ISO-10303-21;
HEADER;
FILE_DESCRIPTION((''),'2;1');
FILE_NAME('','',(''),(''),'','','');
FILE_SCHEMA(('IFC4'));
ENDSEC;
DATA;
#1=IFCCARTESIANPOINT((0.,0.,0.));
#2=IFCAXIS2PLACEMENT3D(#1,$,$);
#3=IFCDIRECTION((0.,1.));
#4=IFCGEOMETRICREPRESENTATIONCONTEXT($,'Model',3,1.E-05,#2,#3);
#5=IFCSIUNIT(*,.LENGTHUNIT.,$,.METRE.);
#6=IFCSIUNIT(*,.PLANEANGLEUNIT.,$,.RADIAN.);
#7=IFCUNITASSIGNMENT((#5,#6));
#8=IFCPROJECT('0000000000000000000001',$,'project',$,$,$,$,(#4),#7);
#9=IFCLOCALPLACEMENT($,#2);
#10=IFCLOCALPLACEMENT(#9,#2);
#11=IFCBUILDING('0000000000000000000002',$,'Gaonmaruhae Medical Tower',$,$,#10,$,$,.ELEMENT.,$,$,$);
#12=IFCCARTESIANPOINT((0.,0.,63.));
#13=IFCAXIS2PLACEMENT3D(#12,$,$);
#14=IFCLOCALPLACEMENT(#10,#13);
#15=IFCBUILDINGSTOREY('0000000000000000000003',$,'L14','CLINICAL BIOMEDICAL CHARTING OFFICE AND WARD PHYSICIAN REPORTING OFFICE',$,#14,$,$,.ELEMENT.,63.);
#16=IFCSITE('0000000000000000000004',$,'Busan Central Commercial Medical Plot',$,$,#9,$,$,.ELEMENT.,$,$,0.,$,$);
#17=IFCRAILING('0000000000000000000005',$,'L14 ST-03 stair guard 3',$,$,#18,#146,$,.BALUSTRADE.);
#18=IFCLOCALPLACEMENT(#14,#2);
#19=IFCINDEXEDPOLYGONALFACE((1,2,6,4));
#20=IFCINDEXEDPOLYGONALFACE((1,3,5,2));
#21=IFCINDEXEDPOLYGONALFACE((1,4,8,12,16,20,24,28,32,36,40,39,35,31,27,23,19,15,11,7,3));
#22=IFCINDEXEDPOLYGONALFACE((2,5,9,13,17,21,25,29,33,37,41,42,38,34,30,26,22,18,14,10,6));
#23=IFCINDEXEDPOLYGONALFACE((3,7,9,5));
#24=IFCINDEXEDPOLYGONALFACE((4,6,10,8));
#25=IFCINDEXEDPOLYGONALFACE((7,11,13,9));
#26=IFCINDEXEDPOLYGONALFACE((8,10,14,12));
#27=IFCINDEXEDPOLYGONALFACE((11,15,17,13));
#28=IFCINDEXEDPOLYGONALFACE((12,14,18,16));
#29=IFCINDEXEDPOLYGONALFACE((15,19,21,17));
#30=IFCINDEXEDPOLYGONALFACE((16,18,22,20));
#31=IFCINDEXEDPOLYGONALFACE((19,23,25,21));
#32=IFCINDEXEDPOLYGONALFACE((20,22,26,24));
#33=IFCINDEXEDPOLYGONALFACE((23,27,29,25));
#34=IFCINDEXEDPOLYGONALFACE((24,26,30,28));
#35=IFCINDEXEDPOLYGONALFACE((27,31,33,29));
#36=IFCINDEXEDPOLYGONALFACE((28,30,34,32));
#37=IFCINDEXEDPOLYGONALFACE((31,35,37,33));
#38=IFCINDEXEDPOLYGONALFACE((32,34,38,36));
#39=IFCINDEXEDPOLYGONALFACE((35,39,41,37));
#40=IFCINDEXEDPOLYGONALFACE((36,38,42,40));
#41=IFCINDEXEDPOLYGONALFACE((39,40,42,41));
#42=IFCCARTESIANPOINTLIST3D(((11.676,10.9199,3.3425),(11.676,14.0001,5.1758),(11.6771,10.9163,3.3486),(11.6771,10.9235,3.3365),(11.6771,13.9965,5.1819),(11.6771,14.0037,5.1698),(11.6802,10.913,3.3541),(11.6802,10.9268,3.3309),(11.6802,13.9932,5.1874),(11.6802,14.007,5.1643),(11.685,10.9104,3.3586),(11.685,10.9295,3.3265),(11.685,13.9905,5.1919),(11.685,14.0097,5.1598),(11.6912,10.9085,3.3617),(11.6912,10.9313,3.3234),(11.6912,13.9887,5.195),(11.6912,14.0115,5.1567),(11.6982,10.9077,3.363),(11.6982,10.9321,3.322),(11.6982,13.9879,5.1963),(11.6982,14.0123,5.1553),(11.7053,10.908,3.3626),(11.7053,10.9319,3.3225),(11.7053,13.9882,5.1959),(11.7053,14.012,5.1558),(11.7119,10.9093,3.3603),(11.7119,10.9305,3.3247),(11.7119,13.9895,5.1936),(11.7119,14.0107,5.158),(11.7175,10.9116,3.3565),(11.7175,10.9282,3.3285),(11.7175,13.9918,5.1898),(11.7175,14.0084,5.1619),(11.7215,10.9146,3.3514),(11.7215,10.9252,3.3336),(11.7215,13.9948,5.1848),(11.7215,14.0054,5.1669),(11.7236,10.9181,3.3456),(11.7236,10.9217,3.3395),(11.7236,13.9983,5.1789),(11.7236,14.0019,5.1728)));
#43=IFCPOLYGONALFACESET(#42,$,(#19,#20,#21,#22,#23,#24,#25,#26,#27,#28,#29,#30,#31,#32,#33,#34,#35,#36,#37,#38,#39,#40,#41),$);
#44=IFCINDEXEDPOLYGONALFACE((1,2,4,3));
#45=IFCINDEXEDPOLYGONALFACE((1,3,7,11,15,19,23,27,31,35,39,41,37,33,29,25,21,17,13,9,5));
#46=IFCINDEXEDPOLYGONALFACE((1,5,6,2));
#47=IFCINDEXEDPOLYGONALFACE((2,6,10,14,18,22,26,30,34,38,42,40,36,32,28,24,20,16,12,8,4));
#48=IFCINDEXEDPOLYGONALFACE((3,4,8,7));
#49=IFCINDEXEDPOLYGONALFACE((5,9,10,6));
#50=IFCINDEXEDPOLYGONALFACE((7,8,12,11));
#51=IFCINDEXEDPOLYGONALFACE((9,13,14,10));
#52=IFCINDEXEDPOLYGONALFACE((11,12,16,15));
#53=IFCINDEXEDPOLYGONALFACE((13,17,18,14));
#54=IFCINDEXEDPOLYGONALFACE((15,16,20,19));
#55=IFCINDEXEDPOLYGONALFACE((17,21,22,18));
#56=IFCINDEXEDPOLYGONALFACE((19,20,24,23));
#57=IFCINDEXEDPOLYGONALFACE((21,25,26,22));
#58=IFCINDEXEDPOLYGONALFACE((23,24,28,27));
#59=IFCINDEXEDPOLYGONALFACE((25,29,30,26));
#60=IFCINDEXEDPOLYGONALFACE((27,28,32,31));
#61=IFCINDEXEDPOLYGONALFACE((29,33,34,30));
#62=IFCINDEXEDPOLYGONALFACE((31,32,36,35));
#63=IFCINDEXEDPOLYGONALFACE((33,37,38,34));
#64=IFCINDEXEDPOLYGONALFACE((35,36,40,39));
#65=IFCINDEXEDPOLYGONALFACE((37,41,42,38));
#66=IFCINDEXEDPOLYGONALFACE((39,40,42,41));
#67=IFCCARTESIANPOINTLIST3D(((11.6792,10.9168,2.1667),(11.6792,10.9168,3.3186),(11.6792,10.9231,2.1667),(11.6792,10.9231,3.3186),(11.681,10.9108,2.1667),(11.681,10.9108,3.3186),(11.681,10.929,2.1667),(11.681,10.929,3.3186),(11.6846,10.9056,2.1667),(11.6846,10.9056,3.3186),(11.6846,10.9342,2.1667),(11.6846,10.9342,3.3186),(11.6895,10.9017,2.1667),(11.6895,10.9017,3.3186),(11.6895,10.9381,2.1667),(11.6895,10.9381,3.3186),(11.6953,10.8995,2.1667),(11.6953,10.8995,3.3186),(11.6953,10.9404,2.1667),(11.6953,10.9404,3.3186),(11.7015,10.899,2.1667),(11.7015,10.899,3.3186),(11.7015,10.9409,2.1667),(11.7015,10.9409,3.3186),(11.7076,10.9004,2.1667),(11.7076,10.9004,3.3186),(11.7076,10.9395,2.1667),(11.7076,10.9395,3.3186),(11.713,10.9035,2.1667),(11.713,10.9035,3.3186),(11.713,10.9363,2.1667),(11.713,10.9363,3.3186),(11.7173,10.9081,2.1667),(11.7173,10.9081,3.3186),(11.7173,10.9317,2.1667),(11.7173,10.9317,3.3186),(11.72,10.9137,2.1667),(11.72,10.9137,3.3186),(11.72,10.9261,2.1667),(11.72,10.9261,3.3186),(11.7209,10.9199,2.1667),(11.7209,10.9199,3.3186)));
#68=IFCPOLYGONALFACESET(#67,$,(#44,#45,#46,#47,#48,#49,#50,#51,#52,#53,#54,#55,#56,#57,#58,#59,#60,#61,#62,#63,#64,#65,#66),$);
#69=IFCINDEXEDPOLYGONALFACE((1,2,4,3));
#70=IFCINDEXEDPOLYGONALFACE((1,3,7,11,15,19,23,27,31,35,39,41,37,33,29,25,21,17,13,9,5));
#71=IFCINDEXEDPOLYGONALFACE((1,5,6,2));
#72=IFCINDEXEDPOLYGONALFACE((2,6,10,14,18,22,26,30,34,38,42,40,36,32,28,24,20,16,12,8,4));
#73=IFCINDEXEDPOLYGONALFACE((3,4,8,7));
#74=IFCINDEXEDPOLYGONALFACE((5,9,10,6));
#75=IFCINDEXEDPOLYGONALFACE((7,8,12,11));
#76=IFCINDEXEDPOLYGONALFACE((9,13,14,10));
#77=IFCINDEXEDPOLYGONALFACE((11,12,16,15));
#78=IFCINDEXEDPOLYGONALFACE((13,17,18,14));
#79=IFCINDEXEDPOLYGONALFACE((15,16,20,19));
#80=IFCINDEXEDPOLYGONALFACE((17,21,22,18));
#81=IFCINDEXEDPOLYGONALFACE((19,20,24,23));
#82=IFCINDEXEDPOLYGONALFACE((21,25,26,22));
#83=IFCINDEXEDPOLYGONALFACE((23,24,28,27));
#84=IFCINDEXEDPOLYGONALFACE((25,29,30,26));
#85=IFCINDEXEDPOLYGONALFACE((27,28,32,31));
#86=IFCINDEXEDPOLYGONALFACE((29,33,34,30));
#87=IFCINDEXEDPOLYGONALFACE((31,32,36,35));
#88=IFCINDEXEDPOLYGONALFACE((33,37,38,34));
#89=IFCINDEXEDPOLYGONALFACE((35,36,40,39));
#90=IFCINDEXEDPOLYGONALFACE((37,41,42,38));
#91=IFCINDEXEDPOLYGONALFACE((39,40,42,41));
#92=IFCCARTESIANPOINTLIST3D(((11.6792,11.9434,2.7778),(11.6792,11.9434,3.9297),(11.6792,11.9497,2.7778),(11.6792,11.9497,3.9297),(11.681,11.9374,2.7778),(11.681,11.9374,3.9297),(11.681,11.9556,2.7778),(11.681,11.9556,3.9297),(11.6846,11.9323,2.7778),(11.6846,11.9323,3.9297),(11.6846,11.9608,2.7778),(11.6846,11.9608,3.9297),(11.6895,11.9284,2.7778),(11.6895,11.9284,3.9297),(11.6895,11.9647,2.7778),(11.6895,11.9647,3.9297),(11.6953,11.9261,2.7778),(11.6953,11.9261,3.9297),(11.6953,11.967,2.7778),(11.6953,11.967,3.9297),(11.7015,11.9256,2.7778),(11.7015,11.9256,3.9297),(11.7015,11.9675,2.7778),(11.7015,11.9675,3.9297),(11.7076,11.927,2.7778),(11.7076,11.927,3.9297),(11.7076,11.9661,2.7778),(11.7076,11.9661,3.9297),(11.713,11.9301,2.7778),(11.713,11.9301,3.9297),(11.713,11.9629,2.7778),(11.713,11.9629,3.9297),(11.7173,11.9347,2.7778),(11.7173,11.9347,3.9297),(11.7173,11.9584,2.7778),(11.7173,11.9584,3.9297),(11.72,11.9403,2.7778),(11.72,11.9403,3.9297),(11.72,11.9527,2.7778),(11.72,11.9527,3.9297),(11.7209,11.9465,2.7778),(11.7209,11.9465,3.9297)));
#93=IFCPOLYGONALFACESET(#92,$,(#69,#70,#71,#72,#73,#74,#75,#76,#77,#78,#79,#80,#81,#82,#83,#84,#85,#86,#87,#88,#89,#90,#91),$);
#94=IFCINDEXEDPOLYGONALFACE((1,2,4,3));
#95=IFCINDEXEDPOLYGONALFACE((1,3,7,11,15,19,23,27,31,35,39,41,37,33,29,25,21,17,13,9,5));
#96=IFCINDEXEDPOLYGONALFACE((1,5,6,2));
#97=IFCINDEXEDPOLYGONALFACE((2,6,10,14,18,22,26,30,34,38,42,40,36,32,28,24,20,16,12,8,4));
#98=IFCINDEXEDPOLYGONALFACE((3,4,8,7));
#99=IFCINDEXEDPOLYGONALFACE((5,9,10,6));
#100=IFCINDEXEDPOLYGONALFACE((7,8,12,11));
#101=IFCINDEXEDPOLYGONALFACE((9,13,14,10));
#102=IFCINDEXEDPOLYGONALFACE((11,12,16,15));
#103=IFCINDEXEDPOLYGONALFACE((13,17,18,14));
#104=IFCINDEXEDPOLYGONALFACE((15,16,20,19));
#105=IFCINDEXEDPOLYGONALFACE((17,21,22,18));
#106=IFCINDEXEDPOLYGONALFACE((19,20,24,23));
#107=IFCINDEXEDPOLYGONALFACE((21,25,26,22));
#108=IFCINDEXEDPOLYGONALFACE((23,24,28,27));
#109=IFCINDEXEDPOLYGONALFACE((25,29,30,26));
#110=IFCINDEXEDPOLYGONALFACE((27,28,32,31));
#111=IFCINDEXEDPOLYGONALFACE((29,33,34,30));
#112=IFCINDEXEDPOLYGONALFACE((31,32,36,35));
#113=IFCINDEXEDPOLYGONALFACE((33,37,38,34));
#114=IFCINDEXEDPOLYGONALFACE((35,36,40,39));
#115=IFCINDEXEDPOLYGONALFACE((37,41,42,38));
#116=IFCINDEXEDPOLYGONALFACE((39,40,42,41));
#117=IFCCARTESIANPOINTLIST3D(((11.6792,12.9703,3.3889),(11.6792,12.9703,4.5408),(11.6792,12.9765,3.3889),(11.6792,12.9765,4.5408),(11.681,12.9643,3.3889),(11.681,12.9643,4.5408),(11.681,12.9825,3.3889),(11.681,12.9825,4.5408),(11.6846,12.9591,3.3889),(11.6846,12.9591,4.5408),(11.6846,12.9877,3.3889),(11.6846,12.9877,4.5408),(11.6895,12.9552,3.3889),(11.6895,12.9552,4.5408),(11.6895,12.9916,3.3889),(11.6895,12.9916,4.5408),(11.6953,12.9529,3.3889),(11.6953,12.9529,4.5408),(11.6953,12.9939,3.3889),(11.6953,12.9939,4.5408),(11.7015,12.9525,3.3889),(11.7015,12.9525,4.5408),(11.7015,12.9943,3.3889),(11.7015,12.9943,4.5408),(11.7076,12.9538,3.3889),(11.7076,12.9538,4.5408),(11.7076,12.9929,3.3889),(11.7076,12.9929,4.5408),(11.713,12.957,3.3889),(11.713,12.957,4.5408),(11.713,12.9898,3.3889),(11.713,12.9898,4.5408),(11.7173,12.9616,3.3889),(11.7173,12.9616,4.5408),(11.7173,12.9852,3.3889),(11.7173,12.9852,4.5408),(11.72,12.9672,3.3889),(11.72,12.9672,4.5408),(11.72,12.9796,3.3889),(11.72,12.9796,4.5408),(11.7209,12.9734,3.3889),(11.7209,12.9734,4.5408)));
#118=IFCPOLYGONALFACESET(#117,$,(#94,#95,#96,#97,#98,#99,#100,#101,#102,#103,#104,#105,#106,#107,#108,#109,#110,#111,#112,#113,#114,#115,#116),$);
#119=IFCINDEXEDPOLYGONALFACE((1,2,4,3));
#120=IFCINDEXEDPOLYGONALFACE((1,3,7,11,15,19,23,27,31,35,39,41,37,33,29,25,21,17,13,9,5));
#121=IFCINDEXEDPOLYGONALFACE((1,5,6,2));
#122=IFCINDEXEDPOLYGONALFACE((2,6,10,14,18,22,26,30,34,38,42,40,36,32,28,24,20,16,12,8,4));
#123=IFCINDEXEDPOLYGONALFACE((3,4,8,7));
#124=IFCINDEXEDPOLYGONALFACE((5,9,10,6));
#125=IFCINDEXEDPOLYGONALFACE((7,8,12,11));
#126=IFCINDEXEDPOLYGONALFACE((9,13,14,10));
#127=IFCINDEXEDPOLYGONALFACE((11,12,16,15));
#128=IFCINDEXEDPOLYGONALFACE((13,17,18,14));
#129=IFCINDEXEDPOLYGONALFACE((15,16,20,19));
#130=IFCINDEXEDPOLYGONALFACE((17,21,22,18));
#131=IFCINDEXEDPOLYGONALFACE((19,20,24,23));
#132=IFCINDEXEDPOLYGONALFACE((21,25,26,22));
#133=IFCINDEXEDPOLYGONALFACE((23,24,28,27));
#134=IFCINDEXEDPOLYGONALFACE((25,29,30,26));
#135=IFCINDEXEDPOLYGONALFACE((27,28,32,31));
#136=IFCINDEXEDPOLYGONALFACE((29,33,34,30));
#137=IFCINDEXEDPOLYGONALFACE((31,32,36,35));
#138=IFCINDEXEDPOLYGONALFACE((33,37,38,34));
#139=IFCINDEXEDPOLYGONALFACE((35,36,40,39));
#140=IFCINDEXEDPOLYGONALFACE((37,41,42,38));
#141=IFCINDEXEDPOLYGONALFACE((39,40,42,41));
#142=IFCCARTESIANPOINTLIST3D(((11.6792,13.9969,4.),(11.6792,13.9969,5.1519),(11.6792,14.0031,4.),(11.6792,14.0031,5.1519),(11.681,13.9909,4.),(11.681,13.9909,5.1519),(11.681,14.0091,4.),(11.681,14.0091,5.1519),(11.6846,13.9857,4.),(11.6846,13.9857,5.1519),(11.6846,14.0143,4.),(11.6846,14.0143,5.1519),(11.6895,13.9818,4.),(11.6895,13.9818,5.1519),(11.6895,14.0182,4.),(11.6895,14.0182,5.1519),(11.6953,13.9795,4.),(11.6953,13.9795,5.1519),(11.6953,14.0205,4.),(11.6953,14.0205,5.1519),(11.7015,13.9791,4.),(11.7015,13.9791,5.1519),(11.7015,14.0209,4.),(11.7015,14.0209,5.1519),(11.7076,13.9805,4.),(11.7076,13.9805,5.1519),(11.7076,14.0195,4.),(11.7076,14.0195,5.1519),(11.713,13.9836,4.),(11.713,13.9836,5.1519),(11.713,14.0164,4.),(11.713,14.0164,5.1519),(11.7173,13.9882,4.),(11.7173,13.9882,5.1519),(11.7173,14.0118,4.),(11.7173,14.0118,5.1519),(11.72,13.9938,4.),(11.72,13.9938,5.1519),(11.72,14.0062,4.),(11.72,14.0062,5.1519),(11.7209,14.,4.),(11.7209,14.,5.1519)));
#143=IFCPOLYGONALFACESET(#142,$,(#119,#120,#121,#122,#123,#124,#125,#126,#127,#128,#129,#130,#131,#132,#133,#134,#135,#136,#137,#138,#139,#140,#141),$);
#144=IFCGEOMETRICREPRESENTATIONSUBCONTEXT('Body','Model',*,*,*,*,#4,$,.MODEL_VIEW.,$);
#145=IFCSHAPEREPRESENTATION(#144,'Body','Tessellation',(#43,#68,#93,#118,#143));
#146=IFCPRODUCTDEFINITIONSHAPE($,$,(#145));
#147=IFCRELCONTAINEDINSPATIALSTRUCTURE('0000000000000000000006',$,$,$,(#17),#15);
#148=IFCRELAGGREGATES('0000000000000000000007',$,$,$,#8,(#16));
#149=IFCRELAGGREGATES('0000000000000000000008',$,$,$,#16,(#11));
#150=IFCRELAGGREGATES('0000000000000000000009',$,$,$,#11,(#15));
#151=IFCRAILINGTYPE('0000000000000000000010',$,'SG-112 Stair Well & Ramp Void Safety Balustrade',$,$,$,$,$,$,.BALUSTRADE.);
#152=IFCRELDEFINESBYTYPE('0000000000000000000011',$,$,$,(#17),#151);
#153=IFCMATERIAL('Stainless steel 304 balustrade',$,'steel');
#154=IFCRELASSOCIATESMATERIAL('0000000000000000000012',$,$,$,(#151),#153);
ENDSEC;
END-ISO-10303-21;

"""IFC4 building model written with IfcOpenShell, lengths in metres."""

from ifc_helpers import new_model, si_unit, direction, frame, origin, origin_2d, place, context, subcontext, project, spatial, circle, extrude, material, type_object, element, save


model = new_model("IFC4")

# Units and contexts
model_context = context("Model", 3, precision=1e-05, world=origin(), true_north=direction((0.0, 1.0)))
body_context = subcontext(model_context, "Body", "Model", "MODEL_VIEW")
ifc_project = project(units=[si_unit("LENGTHUNIT", "METRE"), si_unit("PLANEANGLEUNIT", "RADIAN")], contexts=[model_context])

# Site, building, storey
site_placement = place(None, origin())
site = spatial("IfcSite", under=ifc_project, at=site_placement, Name="Busan Central Commercial Medical Plot", CompositionType="ELEMENT", RefElevation=0.0)
building_placement = place(site_placement, origin())
building = spatial("IfcBuilding", under=site, at=building_placement, Name="Gaonmaruhae Medical Tower", CompositionType="ELEMENT")
storey_placement = place(building_placement, frame((0.0, 0.0, 63.0)))
storey = spatial("IfcBuildingStorey", under=building, at=storey_placement, Name="L14", Description="CLINICAL BIOMEDICAL CHARTING OFFICE AND WARD PHYSICIAN REPORTING OFFICE", CompositionType="ELEMENT", Elevation=63.0)

# Railing
ifc_material_1 = material(Name="Stainless steel 304 balustrade", Category="steel")
railing_type_1 = type_object("IfcRailingType", Name="SG-112 Stair Well & Ramp Void Safety Balustrade", PredefinedType="BALUSTRADE", material=ifc_material_1)
railing_1_placement = place(storey_placement, frame((11.7, 10.9199, 2.1667)))
element("IfcRailing", 1, at=railing_1_placement, inside=storey, type_object=railing_type_1, Name="L14 ST-03 stair guard 3", PredefinedType="BALUSTRADE", context=body_context, shape_type="SweptSolid", body=[
    extrude(circle(Radius=0.0239, at=origin_2d()), frame((0.0, 0.0, 1.1758), z_axis=(0.0, 0.859309, 0.511458), x_axis=(-1.0, 0.0, 0.0)), (0.0, 0.0, 1.0), 3.5845),
    extrude(circle(Radius=0.021, at=origin_2d()), origin(), (0.0, 0.0, 1.0), 1.1519),
    extrude(circle(Radius=0.021, at=origin_2d()), frame((0.0, 1.0266, 0.6111)), (0.0, 0.0, 1.0), 1.1519),
    extrude(circle(Radius=0.021, at=origin_2d()), frame((0.0, 2.0535, 1.2222)), (0.0, 0.0, 1.0), 1.1519),
    extrude(circle(Radius=0.021, at=origin_2d()), frame((0.0, 3.0801, 1.8333)), (0.0, 0.0, 1.0), 1.1519),
])

save(model, "model.ifc")
